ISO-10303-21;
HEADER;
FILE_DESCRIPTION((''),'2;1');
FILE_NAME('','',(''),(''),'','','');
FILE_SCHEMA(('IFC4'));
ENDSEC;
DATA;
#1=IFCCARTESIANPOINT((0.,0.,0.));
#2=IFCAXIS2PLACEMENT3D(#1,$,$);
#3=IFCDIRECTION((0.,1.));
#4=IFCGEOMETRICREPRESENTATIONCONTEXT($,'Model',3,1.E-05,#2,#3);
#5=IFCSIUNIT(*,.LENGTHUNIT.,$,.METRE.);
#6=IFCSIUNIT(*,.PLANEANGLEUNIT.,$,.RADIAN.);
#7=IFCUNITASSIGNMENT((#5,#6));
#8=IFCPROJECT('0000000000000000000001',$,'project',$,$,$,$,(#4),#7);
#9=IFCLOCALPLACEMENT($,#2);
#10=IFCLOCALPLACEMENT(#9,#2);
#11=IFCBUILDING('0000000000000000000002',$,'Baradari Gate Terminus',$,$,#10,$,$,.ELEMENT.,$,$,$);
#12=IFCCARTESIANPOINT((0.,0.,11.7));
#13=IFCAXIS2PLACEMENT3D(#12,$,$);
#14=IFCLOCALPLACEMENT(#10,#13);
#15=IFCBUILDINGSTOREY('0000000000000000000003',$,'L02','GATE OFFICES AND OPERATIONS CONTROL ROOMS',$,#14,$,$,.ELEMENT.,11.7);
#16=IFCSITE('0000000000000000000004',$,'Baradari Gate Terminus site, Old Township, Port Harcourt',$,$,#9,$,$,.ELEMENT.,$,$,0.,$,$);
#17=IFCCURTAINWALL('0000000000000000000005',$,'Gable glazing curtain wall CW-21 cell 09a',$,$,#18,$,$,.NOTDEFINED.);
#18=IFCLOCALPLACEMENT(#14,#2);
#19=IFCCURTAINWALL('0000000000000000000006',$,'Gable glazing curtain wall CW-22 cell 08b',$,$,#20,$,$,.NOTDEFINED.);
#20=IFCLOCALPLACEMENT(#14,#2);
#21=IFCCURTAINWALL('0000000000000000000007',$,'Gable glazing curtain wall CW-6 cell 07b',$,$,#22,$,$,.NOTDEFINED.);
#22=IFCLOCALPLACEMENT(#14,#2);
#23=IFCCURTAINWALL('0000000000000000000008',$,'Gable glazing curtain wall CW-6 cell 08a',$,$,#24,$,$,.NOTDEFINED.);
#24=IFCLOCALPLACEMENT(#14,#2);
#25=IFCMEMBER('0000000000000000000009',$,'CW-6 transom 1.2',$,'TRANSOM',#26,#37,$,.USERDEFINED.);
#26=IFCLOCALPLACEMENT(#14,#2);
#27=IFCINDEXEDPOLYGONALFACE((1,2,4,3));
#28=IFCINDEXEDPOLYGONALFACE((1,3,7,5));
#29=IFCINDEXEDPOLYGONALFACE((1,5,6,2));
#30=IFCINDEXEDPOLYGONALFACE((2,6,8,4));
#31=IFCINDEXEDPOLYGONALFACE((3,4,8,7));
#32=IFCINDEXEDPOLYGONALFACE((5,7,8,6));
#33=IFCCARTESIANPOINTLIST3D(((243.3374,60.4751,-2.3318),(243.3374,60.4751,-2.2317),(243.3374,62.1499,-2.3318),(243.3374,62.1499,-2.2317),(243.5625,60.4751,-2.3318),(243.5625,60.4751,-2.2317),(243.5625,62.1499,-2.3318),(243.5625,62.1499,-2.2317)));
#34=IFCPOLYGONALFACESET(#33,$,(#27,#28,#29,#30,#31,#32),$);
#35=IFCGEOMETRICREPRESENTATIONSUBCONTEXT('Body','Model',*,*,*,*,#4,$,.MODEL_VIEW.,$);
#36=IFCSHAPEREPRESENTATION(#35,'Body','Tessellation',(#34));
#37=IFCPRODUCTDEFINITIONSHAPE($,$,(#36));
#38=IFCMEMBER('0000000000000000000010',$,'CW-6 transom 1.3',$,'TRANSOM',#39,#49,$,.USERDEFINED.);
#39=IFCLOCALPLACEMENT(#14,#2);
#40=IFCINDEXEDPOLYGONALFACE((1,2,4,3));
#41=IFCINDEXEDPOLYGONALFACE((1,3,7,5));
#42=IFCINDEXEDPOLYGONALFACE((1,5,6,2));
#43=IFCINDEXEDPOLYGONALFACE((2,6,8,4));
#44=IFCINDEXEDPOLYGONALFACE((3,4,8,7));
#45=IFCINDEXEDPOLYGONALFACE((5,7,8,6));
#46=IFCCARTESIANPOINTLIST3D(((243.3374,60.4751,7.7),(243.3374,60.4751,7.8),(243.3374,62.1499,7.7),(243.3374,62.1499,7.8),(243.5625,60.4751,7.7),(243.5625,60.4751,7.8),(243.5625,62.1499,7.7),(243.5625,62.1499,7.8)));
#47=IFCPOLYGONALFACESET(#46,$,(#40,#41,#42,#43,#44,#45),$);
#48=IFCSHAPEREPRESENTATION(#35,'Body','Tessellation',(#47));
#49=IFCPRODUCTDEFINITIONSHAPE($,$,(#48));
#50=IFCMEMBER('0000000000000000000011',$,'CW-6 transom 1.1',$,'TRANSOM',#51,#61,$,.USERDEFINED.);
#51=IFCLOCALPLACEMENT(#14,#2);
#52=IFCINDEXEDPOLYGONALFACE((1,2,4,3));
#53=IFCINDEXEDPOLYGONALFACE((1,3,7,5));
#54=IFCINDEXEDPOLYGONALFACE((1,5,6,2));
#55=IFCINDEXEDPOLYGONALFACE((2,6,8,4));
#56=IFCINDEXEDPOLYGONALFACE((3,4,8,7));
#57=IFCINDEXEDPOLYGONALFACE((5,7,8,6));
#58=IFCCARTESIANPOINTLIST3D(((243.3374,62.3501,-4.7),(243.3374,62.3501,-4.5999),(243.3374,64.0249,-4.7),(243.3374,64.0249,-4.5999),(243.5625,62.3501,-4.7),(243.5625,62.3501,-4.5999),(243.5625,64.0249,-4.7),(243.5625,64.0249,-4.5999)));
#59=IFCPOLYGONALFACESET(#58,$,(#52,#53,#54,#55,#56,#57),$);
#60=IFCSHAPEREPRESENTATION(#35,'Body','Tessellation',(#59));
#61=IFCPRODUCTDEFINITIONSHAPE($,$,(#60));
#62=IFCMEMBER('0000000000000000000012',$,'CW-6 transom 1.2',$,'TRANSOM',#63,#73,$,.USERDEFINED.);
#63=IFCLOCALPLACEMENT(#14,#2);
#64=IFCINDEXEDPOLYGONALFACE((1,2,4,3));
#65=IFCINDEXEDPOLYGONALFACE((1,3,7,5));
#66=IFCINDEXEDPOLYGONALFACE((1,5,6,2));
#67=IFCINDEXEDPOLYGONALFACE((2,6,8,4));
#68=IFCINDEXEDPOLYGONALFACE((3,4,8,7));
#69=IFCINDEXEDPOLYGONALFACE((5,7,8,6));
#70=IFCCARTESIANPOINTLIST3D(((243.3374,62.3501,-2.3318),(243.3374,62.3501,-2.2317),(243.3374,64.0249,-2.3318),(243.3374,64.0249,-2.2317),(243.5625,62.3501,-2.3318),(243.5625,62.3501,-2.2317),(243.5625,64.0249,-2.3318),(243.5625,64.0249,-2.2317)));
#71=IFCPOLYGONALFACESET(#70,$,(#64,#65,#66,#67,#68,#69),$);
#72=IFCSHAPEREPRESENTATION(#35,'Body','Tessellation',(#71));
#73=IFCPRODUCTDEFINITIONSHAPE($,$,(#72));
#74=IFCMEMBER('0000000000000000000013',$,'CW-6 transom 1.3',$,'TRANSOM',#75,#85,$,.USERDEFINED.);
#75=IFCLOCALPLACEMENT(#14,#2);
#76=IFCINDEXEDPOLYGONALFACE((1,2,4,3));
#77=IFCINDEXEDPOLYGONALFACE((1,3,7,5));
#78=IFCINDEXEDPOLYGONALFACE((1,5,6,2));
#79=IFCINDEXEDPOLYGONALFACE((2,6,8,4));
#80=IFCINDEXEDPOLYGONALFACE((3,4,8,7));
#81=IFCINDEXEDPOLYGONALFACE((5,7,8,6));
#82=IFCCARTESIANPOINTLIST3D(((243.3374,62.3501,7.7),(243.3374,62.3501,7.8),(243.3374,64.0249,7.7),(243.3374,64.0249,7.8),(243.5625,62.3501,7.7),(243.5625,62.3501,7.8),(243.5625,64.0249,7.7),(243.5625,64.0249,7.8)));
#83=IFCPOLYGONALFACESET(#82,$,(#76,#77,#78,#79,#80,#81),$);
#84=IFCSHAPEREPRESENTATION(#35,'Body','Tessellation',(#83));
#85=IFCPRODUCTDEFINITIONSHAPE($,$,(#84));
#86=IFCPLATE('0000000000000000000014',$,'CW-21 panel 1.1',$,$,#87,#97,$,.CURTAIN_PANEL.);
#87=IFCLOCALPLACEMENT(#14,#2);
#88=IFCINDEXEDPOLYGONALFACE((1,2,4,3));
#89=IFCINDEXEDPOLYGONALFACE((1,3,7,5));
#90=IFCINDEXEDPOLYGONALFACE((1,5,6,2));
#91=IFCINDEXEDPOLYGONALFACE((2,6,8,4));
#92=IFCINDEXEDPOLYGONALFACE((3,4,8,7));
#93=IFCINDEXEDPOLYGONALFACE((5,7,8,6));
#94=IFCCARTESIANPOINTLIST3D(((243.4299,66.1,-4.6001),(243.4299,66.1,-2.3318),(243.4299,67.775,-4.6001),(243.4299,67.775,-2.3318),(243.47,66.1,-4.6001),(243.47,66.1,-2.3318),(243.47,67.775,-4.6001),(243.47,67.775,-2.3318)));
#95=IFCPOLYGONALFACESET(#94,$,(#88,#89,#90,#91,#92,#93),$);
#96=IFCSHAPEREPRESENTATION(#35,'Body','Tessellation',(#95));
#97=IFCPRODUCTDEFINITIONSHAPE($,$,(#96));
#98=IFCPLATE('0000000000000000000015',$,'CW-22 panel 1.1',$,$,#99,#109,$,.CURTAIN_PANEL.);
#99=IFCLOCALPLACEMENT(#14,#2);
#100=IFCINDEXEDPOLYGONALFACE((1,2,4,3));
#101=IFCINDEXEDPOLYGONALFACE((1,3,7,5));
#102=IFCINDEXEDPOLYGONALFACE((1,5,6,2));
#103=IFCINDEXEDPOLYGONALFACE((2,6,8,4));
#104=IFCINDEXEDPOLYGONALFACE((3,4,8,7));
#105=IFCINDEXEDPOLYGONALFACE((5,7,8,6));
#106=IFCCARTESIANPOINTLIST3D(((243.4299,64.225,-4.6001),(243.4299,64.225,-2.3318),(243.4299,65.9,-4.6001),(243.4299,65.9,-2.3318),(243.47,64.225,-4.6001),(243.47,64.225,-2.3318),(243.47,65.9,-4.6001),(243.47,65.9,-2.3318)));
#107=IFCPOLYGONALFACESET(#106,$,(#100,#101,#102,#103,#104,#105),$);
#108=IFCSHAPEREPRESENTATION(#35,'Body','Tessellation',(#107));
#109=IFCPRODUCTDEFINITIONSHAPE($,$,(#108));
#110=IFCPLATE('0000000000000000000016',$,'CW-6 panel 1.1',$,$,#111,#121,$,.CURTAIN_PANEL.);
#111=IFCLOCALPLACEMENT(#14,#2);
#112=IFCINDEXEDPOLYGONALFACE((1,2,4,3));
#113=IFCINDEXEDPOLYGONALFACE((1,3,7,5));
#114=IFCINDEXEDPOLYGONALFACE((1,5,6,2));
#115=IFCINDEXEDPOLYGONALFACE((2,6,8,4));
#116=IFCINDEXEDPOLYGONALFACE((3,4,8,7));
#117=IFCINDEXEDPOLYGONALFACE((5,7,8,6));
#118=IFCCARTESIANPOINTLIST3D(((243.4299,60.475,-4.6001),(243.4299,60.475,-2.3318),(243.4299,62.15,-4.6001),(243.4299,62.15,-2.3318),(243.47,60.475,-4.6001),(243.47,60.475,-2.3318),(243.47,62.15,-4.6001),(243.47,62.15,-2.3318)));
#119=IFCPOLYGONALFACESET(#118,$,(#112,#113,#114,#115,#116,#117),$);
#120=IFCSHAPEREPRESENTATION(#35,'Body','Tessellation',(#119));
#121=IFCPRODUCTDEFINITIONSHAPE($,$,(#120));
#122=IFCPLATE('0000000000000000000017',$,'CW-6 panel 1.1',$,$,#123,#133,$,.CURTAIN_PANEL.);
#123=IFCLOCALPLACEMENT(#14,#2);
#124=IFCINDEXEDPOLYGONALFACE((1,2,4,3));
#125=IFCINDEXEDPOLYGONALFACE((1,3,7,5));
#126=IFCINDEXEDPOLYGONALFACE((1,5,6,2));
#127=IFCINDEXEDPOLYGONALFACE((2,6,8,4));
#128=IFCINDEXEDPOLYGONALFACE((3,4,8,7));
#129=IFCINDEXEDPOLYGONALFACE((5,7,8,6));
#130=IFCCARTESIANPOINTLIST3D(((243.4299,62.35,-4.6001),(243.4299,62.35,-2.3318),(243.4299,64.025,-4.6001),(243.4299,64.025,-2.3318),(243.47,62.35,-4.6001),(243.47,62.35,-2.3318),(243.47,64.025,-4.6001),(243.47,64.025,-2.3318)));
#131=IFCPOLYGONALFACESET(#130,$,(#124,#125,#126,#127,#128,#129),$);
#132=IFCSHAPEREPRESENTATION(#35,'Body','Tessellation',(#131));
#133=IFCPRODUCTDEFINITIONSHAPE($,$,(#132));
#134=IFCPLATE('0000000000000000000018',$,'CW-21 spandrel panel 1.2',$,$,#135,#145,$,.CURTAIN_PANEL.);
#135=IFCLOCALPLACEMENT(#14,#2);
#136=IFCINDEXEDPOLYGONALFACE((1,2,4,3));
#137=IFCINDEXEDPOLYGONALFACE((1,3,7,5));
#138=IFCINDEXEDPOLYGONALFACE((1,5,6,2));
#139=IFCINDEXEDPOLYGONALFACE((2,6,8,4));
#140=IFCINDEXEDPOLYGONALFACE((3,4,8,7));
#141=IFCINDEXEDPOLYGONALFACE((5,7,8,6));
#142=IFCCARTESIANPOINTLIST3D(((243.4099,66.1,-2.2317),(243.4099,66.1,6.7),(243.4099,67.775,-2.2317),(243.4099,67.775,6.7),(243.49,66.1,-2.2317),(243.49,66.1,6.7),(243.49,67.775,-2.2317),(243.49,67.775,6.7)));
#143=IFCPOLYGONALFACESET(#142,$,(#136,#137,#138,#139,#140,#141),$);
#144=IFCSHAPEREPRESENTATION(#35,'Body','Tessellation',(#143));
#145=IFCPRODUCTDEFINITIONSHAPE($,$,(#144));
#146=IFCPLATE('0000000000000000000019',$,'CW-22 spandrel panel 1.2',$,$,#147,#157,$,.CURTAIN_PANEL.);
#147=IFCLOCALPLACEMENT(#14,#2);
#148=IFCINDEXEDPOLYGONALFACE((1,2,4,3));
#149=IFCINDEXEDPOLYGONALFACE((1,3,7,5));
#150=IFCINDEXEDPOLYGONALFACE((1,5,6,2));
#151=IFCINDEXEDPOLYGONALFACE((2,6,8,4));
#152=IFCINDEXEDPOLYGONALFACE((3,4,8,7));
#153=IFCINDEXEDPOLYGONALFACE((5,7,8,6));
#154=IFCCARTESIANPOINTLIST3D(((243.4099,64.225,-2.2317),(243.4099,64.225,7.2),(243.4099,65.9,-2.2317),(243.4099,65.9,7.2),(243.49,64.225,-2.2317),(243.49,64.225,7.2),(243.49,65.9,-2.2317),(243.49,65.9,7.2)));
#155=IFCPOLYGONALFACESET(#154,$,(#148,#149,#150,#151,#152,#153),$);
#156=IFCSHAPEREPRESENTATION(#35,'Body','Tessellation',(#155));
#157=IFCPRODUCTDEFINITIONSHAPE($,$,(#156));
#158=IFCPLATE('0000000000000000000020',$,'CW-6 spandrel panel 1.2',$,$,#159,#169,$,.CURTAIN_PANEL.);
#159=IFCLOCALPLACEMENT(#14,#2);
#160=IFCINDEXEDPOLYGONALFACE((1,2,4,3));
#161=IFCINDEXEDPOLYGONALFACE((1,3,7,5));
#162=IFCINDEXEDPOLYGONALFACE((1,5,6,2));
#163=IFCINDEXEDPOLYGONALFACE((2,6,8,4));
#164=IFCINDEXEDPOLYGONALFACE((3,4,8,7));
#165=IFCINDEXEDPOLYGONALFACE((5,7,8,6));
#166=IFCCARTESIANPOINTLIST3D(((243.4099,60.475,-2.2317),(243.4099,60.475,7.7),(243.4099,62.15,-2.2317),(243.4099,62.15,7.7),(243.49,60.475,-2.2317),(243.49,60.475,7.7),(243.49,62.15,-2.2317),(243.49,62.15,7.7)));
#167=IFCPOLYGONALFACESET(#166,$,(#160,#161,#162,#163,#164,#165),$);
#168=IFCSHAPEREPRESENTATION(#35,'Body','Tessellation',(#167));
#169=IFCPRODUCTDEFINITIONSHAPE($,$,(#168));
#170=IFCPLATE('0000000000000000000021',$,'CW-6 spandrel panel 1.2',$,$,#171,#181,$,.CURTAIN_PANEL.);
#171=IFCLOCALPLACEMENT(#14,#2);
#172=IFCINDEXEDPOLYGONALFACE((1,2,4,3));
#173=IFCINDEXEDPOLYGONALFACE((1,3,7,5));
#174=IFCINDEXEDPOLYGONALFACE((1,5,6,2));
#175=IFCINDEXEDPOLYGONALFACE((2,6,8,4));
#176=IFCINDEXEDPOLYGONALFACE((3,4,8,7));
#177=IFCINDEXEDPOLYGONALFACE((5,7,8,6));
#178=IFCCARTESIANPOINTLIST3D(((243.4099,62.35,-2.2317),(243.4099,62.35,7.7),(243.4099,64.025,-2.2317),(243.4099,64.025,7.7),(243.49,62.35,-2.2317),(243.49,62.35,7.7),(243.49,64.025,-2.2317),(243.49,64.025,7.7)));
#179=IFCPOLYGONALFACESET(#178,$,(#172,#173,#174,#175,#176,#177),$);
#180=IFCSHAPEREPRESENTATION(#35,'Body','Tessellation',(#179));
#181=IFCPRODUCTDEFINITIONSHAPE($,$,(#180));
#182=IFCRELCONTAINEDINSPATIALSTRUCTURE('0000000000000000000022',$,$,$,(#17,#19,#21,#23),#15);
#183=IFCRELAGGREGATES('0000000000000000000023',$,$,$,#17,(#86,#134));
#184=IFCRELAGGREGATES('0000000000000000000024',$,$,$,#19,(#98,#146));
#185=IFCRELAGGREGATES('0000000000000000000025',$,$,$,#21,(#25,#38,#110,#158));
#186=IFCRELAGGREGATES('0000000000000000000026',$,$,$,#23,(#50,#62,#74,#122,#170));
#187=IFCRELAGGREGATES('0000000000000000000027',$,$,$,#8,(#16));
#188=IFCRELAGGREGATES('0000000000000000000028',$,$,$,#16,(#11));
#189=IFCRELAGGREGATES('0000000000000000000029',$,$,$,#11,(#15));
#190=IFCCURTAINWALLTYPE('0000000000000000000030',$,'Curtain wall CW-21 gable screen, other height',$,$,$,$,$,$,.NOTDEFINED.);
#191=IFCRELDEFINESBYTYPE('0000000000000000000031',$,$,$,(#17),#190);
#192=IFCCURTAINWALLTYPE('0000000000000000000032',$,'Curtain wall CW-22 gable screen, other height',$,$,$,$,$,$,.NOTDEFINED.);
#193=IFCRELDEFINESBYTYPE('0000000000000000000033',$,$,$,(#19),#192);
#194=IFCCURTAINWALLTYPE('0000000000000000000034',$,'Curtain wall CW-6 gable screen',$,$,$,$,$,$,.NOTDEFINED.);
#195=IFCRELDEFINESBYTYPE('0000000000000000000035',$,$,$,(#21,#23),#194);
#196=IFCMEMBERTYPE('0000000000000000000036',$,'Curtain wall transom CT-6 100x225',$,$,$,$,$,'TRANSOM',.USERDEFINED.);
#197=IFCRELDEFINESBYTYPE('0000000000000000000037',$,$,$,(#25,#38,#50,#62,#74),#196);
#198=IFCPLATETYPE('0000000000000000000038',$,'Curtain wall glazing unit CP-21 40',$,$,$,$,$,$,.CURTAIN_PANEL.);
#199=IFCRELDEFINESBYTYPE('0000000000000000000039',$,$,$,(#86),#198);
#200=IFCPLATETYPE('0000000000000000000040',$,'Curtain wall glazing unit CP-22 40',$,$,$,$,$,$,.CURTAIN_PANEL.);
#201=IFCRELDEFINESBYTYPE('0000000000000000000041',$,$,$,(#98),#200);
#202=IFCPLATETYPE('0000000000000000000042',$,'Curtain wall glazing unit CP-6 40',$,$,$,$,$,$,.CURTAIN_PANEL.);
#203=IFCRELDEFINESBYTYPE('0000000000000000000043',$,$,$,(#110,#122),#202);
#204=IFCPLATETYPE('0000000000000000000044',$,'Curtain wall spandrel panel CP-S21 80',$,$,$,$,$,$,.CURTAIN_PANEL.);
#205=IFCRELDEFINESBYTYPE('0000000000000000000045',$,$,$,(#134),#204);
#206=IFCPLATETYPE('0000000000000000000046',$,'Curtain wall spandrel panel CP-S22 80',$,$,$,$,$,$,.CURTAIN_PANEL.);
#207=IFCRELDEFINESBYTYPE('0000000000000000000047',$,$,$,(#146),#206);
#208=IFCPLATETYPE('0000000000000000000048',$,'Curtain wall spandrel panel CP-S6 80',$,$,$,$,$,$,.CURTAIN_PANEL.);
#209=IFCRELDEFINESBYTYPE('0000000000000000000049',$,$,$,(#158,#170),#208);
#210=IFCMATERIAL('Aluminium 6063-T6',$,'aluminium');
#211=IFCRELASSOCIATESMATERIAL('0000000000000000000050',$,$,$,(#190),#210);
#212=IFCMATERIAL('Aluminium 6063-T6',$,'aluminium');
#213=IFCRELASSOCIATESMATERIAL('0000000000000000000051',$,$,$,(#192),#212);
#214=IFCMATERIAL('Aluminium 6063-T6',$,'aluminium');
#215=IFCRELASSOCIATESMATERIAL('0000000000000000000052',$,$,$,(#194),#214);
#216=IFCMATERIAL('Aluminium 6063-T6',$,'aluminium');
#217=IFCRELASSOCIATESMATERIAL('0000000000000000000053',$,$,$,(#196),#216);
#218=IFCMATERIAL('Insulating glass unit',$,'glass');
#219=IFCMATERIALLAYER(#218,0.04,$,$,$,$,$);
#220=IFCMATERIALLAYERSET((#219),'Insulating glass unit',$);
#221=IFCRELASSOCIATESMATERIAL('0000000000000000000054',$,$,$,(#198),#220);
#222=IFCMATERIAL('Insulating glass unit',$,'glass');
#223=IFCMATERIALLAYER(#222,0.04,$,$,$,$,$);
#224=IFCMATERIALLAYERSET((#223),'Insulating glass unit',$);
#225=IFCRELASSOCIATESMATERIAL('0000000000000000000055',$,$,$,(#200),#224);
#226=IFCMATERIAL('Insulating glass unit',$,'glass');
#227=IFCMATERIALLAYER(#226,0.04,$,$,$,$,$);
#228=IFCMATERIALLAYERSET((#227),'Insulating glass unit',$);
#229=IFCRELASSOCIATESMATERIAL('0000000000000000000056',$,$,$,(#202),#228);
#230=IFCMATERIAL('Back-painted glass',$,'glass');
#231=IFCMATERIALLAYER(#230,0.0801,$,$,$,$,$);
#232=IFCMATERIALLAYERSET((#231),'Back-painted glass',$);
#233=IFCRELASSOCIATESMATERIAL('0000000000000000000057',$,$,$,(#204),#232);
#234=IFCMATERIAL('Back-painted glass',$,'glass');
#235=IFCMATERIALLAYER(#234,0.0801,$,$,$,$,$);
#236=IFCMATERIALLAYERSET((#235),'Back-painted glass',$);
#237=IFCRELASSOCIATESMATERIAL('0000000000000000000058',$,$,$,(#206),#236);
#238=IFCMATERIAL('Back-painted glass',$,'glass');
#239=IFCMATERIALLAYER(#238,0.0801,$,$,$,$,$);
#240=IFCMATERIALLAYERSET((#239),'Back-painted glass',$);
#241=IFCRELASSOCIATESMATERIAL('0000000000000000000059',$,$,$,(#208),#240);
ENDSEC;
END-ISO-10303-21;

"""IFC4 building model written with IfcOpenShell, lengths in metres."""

from ifc_helpers import new_model, si_unit, direction, frame, origin, origin_2d, place, context, subcontext, project, spatial, rectangle, extrude, material, layer, layer_set, material_profile, profile_set, type_object, element, aggregate, save


model = new_model("IFC4")

# Units and contexts
model_context = context("Model", 3, precision=1e-05, world=origin(), true_north=direction((0.0, 1.0)))
body_context = subcontext(model_context, "Body", "Model", "MODEL_VIEW")
ifc_project = project(units=[si_unit("LENGTHUNIT", "METRE"), si_unit("PLANEANGLEUNIT", "RADIAN")], contexts=[model_context])

# Site, building, storey
site_placement = place(None, origin())
site = spatial("IfcSite", under=ifc_project, at=site_placement, Name="Baradari Gate Terminus site, Old Township, Port Harcourt", CompositionType="ELEMENT", RefElevation=0.0)
building_placement = place(site_placement, origin())
building = spatial("IfcBuilding", under=site, at=building_placement, Name="Baradari Gate Terminus", CompositionType="ELEMENT")
storey_placement = place(building_placement, frame((0.0, 0.0, 11.7)))
storey = spatial("IfcBuildingStorey", under=building, at=storey_placement, Name="L02", Description="GATE OFFICES AND OPERATIONS CONTROL ROOMS", CompositionType="ELEMENT", Elevation=11.7)

# Curtain walls
ifc_material_1 = material(Name="Aluminium 6063-T6", Category="aluminium")
curtain_wall_type_1 = type_object("IfcCurtainWallType", Name="Curtain wall CW-21 gable screen, other height", PredefinedType="NOTDEFINED", material=ifc_material_1)
curtain_wall_1_placement = place(storey_placement, origin())
curtain_wall_1 = element("IfcCurtainWall", 1, at=curtain_wall_1_placement, inside=storey, type_object=curtain_wall_type_1, Name="Gable glazing curtain wall CW-21 cell 09a", PredefinedType="NOTDEFINED")
ifc_material_2 = material(Name="Aluminium 6063-T6", Category="aluminium")
curtain_wall_type_2 = type_object("IfcCurtainWallType", Name="Curtain wall CW-22 gable screen, other height", PredefinedType="NOTDEFINED", material=ifc_material_2)
curtain_wall_2_placement = place(storey_placement, origin())
curtain_wall_2 = element("IfcCurtainWall", 2, at=curtain_wall_2_placement, inside=storey, type_object=curtain_wall_type_2, Name="Gable glazing curtain wall CW-22 cell 08b", PredefinedType="NOTDEFINED")

# Curtain wall
ifc_material_3 = material(Name="Aluminium 6063-T6", Category="aluminium")
curtain_wall_type_3 = type_object("IfcCurtainWallType", Name="Curtain wall CW-6 gable screen", PredefinedType="NOTDEFINED", material=ifc_material_3)
curtain_wall_3_placement = place(storey_placement, origin())
curtain_wall_3 = element("IfcCurtainWall", 3, at=curtain_wall_3_placement, inside=storey, type_object=curtain_wall_type_3, Name="Gable glazing curtain wall CW-6 cell 07b", PredefinedType="NOTDEFINED")

# Curtain wall
curtain_wall_4_placement = place(storey_placement, origin())
curtain_wall_4 = element("IfcCurtainWall", 4, at=curtain_wall_4_placement, inside=storey, type_object=curtain_wall_type_3, Name="Gable glazing curtain wall CW-6 cell 08a", PredefinedType="NOTDEFINED")

# Members
ifc_material_4 = material(Name="Aluminium 6063-T6", Category="aluminium")
ifc_material_profile_1 = material_profile(ifc_material_4, rectangle(XDim=0.2251, YDim=0.1001, at=origin_2d()), Name="CT-6 100X225")
ifc_profile_set_1 = profile_set([ifc_material_profile_1], Name="Aluminium 6063-T6")
member_type_1 = type_object("IfcMemberType", Name="Curtain wall transom CT-6 100x225", ElementType="TRANSOM", PredefinedType="USERDEFINED", material=ifc_profile_set_1)
member_1_placement = place(storey_placement, frame((243.45, 60.4751, -2.2817), z_axis=(0.0, 1.0, 0.0), x_axis=(-1.0, 0.0, 0.0)))
member_1 = element("IfcMember", 5, at=member_1_placement, type_object=member_type_1, Name="CW-6 transom 1.2", ObjectType="TRANSOM", PredefinedType="USERDEFINED", context=body_context, shape_type="SweptSolid", body=[
    extrude(rectangle(XDim=0.2251, YDim=0.1001, at=origin_2d()), origin(), (0.0, 0.0, 1.0), 1.6748),
])
member_2_placement = place(storey_placement, frame((243.45, 60.4751, 7.75), z_axis=(0.0, 1.0, 0.0), x_axis=(-1.0, 0.0, 0.0)))
member_2 = element("IfcMember", 6, at=member_2_placement, type_object=member_type_1, Name="CW-6 transom 1.3", ObjectType="TRANSOM", PredefinedType="USERDEFINED", context=body_context, shape_type="SweptSolid", body=[
    extrude(rectangle(XDim=0.2251, YDim=0.1001, at=origin_2d()), origin(), (0.0, 0.0, 1.0), 1.6748),
])
member_3_placement = place(storey_placement, frame((243.45, 62.3501, -4.6499), z_axis=(0.0, 1.0, 0.0), x_axis=(-1.0, 0.0, 0.0)))
member_3 = element("IfcMember", 7, at=member_3_placement, type_object=member_type_1, Name="CW-6 transom 1.1", ObjectType="TRANSOM", PredefinedType="USERDEFINED", context=body_context, shape_type="SweptSolid", body=[
    extrude(rectangle(XDim=0.2251, YDim=0.1001, at=origin_2d()), origin(), (0.0, 0.0, 1.0), 1.6748),
])
member_4_placement = place(storey_placement, frame((243.45, 62.3501, -2.2817), z_axis=(0.0, 1.0, 0.0), x_axis=(-1.0, 0.0, 0.0)))
member_4 = element("IfcMember", 8, at=member_4_placement, type_object=member_type_1, Name="CW-6 transom 1.2", ObjectType="TRANSOM", PredefinedType="USERDEFINED", context=body_context, shape_type="SweptSolid", body=[
    extrude(rectangle(XDim=0.2251, YDim=0.1001, at=origin_2d()), origin(), (0.0, 0.0, 1.0), 1.6748),
])
member_5_placement = place(storey_placement, frame((243.45, 62.3501, 7.75), z_axis=(0.0, 1.0, 0.0), x_axis=(-1.0, 0.0, 0.0)))
member_5 = element("IfcMember", 9, at=member_5_placement, type_object=member_type_1, Name="CW-6 transom 1.3", ObjectType="TRANSOM", PredefinedType="USERDEFINED", context=body_context, shape_type="SweptSolid", body=[
    extrude(rectangle(XDim=0.2251, YDim=0.1001, at=origin_2d()), origin(), (0.0, 0.0, 1.0), 1.6748),
])

# Plates
ifc_material_5 = material(Name="Insulating glass unit", Category="glass")
ifc_layer_1 = layer(ifc_material_5, 0.04)
ifc_layer_set_1 = layer_set([ifc_layer_1], Name="Insulating glass unit")
plate_type_1 = type_object("IfcPlateType", Name="Curtain wall glazing unit CP-21 40", PredefinedType="CURTAIN_PANEL", material=ifc_layer_set_1)
plate_1_placement = place(storey_placement, frame((243.45, 66.9375, -4.6001), z_axis=(0.0, 0.0, 1.0), x_axis=(0.0, 1.0, 0.0)))
plate_1 = element("IfcPlate", 10, at=plate_1_placement, type_object=plate_type_1, Name="CW-21 panel 1.1", PredefinedType="CURTAIN_PANEL", context=body_context, shape_type="SweptSolid", body=[
    extrude(rectangle(XDim=1.675, YDim=0.04, at=origin_2d()), origin(), (0.0, 0.0, 1.0), 2.2683),
])
ifc_material_6 = material(Name="Insulating glass unit", Category="glass")
ifc_layer_2 = layer(ifc_material_6, 0.04)
ifc_layer_set_2 = layer_set([ifc_layer_2], Name="Insulating glass unit")
plate_type_2 = type_object("IfcPlateType", Name="Curtain wall glazing unit CP-22 40", PredefinedType="CURTAIN_PANEL", material=ifc_layer_set_2)
plate_2_placement = place(storey_placement, frame((243.45, 65.0625, -4.6001), z_axis=(0.0, 0.0, 1.0), x_axis=(0.0, 1.0, 0.0)))
plate_2 = element("IfcPlate", 11, at=plate_2_placement, type_object=plate_type_2, Name="CW-22 panel 1.1", PredefinedType="CURTAIN_PANEL", context=body_context, shape_type="SweptSolid", body=[
    extrude(rectangle(XDim=1.675, YDim=0.04, at=origin_2d()), origin(), (0.0, 0.0, 1.0), 2.2683),
])
ifc_material_7 = material(Name="Insulating glass unit", Category="glass")
ifc_layer_3 = layer(ifc_material_7, 0.04)
ifc_layer_set_3 = layer_set([ifc_layer_3], Name="Insulating glass unit")
plate_type_3 = type_object("IfcPlateType", Name="Curtain wall glazing unit CP-6 40", PredefinedType="CURTAIN_PANEL", material=ifc_layer_set_3)
plate_3_placement = place(storey_placement, frame((243.45, 61.3125, -4.6001), z_axis=(0.0, 0.0, 1.0), x_axis=(0.0, 1.0, 0.0)))
plate_3 = element("IfcPlate", 12, at=plate_3_placement, type_object=plate_type_3, Name="CW-6 panel 1.1", PredefinedType="CURTAIN_PANEL", context=body_context, shape_type="SweptSolid", body=[
    extrude(rectangle(XDim=1.675, YDim=0.04, at=origin_2d()), origin(), (0.0, 0.0, 1.0), 2.2683),
])
plate_4_placement = place(storey_placement, frame((243.45, 63.1875, -4.6001), z_axis=(0.0, 0.0, 1.0), x_axis=(0.0, 1.0, 0.0)))
plate_4 = element("IfcPlate", 13, at=plate_4_placement, type_object=plate_type_3, Name="CW-6 panel 1.1", PredefinedType="CURTAIN_PANEL", context=body_context, shape_type="SweptSolid", body=[
    extrude(rectangle(XDim=1.675, YDim=0.04, at=origin_2d()), origin(), (0.0, 0.0, 1.0), 2.2683),
])
ifc_material_8 = material(Name="Back-painted glass", Category="glass")
ifc_layer_4 = layer(ifc_material_8, 0.0801)
ifc_layer_set_4 = layer_set([ifc_layer_4], Name="Back-painted glass")
plate_type_4 = type_object("IfcPlateType", Name="Curtain wall spandrel panel CP-S21 80", PredefinedType="CURTAIN_PANEL", material=ifc_layer_set_4)
plate_5_placement = place(storey_placement, frame((243.45, 66.9375, -2.2317), z_axis=(0.0, 0.0, 1.0), x_axis=(0.0, 1.0, 0.0)))
plate_5 = element("IfcPlate", 14, at=plate_5_placement, type_object=plate_type_4, Name="CW-21 spandrel panel 1.2", PredefinedType="CURTAIN_PANEL", context=body_context, shape_type="SweptSolid", body=[
    extrude(rectangle(XDim=1.675, YDim=0.0801, at=origin_2d()), origin(), (0.0, 0.0, 1.0), 8.9316),
])
aggregate(curtain_wall_1, [plate_1, plate_5])
ifc_material_9 = material(Name="Back-painted glass", Category="glass")
ifc_layer_5 = layer(ifc_material_9, 0.0801)
ifc_layer_set_5 = layer_set([ifc_layer_5], Name="Back-painted glass")
plate_type_5 = type_object("IfcPlateType", Name="Curtain wall spandrel panel CP-S22 80", PredefinedType="CURTAIN_PANEL", material=ifc_layer_set_5)
plate_6_placement = place(storey_placement, frame((243.45, 65.0625, -2.2317), z_axis=(0.0, 0.0, 1.0), x_axis=(0.0, 1.0, 0.0)))
plate_6 = element("IfcPlate", 15, at=plate_6_placement, type_object=plate_type_5, Name="CW-22 spandrel panel 1.2", PredefinedType="CURTAIN_PANEL", context=body_context, shape_type="SweptSolid", body=[
    extrude(rectangle(XDim=1.675, YDim=0.0801, at=origin_2d()), origin(), (0.0, 0.0, 1.0), 9.4316),
])
aggregate(curtain_wall_2, [plate_2, plate_6])
ifc_material_10 = material(Name="Back-painted glass", Category="glass")
ifc_layer_6 = layer(ifc_material_10, 0.0801)
ifc_layer_set_6 = layer_set([ifc_layer_6], Name="Back-painted glass")
plate_type_6 = type_object("IfcPlateType", Name="Curtain wall spandrel panel CP-S6 80", PredefinedType="CURTAIN_PANEL", material=ifc_layer_set_6)
plate_7_placement = place(storey_placement, frame((243.45, 61.3125, -2.2317), z_axis=(0.0, 0.0, 1.0), x_axis=(0.0, 1.0, 0.0)))
plate_7 = element("IfcPlate", 16, at=plate_7_placement, type_object=plate_type_6, Name="CW-6 spandrel panel 1.2", PredefinedType="CURTAIN_PANEL", context=body_context, shape_type="SweptSolid", body=[
    extrude(rectangle(XDim=1.675, YDim=0.0801, at=origin_2d()), origin(), (0.0, 0.0, 1.0), 9.9316),
])
aggregate(curtain_wall_3, [member_1, member_2, plate_3, plate_7])
plate_8_placement = place(storey_placement, frame((243.45, 63.1875, -2.2317), z_axis=(0.0, 0.0, 1.0), x_axis=(0.0, 1.0, 0.0)))
plate_8 = element("IfcPlate", 17, at=plate_8_placement, type_object=plate_type_6, Name="CW-6 spandrel panel 1.2", PredefinedType="CURTAIN_PANEL", context=body_context, shape_type="SweptSolid", body=[
    extrude(rectangle(XDim=1.675, YDim=0.0801, at=origin_2d()), origin(), (0.0, 0.0, 1.0), 9.9316),
])
aggregate(curtain_wall_4, [member_3, member_4, member_5, plate_4, plate_8])

save(model, "model.ifc")
